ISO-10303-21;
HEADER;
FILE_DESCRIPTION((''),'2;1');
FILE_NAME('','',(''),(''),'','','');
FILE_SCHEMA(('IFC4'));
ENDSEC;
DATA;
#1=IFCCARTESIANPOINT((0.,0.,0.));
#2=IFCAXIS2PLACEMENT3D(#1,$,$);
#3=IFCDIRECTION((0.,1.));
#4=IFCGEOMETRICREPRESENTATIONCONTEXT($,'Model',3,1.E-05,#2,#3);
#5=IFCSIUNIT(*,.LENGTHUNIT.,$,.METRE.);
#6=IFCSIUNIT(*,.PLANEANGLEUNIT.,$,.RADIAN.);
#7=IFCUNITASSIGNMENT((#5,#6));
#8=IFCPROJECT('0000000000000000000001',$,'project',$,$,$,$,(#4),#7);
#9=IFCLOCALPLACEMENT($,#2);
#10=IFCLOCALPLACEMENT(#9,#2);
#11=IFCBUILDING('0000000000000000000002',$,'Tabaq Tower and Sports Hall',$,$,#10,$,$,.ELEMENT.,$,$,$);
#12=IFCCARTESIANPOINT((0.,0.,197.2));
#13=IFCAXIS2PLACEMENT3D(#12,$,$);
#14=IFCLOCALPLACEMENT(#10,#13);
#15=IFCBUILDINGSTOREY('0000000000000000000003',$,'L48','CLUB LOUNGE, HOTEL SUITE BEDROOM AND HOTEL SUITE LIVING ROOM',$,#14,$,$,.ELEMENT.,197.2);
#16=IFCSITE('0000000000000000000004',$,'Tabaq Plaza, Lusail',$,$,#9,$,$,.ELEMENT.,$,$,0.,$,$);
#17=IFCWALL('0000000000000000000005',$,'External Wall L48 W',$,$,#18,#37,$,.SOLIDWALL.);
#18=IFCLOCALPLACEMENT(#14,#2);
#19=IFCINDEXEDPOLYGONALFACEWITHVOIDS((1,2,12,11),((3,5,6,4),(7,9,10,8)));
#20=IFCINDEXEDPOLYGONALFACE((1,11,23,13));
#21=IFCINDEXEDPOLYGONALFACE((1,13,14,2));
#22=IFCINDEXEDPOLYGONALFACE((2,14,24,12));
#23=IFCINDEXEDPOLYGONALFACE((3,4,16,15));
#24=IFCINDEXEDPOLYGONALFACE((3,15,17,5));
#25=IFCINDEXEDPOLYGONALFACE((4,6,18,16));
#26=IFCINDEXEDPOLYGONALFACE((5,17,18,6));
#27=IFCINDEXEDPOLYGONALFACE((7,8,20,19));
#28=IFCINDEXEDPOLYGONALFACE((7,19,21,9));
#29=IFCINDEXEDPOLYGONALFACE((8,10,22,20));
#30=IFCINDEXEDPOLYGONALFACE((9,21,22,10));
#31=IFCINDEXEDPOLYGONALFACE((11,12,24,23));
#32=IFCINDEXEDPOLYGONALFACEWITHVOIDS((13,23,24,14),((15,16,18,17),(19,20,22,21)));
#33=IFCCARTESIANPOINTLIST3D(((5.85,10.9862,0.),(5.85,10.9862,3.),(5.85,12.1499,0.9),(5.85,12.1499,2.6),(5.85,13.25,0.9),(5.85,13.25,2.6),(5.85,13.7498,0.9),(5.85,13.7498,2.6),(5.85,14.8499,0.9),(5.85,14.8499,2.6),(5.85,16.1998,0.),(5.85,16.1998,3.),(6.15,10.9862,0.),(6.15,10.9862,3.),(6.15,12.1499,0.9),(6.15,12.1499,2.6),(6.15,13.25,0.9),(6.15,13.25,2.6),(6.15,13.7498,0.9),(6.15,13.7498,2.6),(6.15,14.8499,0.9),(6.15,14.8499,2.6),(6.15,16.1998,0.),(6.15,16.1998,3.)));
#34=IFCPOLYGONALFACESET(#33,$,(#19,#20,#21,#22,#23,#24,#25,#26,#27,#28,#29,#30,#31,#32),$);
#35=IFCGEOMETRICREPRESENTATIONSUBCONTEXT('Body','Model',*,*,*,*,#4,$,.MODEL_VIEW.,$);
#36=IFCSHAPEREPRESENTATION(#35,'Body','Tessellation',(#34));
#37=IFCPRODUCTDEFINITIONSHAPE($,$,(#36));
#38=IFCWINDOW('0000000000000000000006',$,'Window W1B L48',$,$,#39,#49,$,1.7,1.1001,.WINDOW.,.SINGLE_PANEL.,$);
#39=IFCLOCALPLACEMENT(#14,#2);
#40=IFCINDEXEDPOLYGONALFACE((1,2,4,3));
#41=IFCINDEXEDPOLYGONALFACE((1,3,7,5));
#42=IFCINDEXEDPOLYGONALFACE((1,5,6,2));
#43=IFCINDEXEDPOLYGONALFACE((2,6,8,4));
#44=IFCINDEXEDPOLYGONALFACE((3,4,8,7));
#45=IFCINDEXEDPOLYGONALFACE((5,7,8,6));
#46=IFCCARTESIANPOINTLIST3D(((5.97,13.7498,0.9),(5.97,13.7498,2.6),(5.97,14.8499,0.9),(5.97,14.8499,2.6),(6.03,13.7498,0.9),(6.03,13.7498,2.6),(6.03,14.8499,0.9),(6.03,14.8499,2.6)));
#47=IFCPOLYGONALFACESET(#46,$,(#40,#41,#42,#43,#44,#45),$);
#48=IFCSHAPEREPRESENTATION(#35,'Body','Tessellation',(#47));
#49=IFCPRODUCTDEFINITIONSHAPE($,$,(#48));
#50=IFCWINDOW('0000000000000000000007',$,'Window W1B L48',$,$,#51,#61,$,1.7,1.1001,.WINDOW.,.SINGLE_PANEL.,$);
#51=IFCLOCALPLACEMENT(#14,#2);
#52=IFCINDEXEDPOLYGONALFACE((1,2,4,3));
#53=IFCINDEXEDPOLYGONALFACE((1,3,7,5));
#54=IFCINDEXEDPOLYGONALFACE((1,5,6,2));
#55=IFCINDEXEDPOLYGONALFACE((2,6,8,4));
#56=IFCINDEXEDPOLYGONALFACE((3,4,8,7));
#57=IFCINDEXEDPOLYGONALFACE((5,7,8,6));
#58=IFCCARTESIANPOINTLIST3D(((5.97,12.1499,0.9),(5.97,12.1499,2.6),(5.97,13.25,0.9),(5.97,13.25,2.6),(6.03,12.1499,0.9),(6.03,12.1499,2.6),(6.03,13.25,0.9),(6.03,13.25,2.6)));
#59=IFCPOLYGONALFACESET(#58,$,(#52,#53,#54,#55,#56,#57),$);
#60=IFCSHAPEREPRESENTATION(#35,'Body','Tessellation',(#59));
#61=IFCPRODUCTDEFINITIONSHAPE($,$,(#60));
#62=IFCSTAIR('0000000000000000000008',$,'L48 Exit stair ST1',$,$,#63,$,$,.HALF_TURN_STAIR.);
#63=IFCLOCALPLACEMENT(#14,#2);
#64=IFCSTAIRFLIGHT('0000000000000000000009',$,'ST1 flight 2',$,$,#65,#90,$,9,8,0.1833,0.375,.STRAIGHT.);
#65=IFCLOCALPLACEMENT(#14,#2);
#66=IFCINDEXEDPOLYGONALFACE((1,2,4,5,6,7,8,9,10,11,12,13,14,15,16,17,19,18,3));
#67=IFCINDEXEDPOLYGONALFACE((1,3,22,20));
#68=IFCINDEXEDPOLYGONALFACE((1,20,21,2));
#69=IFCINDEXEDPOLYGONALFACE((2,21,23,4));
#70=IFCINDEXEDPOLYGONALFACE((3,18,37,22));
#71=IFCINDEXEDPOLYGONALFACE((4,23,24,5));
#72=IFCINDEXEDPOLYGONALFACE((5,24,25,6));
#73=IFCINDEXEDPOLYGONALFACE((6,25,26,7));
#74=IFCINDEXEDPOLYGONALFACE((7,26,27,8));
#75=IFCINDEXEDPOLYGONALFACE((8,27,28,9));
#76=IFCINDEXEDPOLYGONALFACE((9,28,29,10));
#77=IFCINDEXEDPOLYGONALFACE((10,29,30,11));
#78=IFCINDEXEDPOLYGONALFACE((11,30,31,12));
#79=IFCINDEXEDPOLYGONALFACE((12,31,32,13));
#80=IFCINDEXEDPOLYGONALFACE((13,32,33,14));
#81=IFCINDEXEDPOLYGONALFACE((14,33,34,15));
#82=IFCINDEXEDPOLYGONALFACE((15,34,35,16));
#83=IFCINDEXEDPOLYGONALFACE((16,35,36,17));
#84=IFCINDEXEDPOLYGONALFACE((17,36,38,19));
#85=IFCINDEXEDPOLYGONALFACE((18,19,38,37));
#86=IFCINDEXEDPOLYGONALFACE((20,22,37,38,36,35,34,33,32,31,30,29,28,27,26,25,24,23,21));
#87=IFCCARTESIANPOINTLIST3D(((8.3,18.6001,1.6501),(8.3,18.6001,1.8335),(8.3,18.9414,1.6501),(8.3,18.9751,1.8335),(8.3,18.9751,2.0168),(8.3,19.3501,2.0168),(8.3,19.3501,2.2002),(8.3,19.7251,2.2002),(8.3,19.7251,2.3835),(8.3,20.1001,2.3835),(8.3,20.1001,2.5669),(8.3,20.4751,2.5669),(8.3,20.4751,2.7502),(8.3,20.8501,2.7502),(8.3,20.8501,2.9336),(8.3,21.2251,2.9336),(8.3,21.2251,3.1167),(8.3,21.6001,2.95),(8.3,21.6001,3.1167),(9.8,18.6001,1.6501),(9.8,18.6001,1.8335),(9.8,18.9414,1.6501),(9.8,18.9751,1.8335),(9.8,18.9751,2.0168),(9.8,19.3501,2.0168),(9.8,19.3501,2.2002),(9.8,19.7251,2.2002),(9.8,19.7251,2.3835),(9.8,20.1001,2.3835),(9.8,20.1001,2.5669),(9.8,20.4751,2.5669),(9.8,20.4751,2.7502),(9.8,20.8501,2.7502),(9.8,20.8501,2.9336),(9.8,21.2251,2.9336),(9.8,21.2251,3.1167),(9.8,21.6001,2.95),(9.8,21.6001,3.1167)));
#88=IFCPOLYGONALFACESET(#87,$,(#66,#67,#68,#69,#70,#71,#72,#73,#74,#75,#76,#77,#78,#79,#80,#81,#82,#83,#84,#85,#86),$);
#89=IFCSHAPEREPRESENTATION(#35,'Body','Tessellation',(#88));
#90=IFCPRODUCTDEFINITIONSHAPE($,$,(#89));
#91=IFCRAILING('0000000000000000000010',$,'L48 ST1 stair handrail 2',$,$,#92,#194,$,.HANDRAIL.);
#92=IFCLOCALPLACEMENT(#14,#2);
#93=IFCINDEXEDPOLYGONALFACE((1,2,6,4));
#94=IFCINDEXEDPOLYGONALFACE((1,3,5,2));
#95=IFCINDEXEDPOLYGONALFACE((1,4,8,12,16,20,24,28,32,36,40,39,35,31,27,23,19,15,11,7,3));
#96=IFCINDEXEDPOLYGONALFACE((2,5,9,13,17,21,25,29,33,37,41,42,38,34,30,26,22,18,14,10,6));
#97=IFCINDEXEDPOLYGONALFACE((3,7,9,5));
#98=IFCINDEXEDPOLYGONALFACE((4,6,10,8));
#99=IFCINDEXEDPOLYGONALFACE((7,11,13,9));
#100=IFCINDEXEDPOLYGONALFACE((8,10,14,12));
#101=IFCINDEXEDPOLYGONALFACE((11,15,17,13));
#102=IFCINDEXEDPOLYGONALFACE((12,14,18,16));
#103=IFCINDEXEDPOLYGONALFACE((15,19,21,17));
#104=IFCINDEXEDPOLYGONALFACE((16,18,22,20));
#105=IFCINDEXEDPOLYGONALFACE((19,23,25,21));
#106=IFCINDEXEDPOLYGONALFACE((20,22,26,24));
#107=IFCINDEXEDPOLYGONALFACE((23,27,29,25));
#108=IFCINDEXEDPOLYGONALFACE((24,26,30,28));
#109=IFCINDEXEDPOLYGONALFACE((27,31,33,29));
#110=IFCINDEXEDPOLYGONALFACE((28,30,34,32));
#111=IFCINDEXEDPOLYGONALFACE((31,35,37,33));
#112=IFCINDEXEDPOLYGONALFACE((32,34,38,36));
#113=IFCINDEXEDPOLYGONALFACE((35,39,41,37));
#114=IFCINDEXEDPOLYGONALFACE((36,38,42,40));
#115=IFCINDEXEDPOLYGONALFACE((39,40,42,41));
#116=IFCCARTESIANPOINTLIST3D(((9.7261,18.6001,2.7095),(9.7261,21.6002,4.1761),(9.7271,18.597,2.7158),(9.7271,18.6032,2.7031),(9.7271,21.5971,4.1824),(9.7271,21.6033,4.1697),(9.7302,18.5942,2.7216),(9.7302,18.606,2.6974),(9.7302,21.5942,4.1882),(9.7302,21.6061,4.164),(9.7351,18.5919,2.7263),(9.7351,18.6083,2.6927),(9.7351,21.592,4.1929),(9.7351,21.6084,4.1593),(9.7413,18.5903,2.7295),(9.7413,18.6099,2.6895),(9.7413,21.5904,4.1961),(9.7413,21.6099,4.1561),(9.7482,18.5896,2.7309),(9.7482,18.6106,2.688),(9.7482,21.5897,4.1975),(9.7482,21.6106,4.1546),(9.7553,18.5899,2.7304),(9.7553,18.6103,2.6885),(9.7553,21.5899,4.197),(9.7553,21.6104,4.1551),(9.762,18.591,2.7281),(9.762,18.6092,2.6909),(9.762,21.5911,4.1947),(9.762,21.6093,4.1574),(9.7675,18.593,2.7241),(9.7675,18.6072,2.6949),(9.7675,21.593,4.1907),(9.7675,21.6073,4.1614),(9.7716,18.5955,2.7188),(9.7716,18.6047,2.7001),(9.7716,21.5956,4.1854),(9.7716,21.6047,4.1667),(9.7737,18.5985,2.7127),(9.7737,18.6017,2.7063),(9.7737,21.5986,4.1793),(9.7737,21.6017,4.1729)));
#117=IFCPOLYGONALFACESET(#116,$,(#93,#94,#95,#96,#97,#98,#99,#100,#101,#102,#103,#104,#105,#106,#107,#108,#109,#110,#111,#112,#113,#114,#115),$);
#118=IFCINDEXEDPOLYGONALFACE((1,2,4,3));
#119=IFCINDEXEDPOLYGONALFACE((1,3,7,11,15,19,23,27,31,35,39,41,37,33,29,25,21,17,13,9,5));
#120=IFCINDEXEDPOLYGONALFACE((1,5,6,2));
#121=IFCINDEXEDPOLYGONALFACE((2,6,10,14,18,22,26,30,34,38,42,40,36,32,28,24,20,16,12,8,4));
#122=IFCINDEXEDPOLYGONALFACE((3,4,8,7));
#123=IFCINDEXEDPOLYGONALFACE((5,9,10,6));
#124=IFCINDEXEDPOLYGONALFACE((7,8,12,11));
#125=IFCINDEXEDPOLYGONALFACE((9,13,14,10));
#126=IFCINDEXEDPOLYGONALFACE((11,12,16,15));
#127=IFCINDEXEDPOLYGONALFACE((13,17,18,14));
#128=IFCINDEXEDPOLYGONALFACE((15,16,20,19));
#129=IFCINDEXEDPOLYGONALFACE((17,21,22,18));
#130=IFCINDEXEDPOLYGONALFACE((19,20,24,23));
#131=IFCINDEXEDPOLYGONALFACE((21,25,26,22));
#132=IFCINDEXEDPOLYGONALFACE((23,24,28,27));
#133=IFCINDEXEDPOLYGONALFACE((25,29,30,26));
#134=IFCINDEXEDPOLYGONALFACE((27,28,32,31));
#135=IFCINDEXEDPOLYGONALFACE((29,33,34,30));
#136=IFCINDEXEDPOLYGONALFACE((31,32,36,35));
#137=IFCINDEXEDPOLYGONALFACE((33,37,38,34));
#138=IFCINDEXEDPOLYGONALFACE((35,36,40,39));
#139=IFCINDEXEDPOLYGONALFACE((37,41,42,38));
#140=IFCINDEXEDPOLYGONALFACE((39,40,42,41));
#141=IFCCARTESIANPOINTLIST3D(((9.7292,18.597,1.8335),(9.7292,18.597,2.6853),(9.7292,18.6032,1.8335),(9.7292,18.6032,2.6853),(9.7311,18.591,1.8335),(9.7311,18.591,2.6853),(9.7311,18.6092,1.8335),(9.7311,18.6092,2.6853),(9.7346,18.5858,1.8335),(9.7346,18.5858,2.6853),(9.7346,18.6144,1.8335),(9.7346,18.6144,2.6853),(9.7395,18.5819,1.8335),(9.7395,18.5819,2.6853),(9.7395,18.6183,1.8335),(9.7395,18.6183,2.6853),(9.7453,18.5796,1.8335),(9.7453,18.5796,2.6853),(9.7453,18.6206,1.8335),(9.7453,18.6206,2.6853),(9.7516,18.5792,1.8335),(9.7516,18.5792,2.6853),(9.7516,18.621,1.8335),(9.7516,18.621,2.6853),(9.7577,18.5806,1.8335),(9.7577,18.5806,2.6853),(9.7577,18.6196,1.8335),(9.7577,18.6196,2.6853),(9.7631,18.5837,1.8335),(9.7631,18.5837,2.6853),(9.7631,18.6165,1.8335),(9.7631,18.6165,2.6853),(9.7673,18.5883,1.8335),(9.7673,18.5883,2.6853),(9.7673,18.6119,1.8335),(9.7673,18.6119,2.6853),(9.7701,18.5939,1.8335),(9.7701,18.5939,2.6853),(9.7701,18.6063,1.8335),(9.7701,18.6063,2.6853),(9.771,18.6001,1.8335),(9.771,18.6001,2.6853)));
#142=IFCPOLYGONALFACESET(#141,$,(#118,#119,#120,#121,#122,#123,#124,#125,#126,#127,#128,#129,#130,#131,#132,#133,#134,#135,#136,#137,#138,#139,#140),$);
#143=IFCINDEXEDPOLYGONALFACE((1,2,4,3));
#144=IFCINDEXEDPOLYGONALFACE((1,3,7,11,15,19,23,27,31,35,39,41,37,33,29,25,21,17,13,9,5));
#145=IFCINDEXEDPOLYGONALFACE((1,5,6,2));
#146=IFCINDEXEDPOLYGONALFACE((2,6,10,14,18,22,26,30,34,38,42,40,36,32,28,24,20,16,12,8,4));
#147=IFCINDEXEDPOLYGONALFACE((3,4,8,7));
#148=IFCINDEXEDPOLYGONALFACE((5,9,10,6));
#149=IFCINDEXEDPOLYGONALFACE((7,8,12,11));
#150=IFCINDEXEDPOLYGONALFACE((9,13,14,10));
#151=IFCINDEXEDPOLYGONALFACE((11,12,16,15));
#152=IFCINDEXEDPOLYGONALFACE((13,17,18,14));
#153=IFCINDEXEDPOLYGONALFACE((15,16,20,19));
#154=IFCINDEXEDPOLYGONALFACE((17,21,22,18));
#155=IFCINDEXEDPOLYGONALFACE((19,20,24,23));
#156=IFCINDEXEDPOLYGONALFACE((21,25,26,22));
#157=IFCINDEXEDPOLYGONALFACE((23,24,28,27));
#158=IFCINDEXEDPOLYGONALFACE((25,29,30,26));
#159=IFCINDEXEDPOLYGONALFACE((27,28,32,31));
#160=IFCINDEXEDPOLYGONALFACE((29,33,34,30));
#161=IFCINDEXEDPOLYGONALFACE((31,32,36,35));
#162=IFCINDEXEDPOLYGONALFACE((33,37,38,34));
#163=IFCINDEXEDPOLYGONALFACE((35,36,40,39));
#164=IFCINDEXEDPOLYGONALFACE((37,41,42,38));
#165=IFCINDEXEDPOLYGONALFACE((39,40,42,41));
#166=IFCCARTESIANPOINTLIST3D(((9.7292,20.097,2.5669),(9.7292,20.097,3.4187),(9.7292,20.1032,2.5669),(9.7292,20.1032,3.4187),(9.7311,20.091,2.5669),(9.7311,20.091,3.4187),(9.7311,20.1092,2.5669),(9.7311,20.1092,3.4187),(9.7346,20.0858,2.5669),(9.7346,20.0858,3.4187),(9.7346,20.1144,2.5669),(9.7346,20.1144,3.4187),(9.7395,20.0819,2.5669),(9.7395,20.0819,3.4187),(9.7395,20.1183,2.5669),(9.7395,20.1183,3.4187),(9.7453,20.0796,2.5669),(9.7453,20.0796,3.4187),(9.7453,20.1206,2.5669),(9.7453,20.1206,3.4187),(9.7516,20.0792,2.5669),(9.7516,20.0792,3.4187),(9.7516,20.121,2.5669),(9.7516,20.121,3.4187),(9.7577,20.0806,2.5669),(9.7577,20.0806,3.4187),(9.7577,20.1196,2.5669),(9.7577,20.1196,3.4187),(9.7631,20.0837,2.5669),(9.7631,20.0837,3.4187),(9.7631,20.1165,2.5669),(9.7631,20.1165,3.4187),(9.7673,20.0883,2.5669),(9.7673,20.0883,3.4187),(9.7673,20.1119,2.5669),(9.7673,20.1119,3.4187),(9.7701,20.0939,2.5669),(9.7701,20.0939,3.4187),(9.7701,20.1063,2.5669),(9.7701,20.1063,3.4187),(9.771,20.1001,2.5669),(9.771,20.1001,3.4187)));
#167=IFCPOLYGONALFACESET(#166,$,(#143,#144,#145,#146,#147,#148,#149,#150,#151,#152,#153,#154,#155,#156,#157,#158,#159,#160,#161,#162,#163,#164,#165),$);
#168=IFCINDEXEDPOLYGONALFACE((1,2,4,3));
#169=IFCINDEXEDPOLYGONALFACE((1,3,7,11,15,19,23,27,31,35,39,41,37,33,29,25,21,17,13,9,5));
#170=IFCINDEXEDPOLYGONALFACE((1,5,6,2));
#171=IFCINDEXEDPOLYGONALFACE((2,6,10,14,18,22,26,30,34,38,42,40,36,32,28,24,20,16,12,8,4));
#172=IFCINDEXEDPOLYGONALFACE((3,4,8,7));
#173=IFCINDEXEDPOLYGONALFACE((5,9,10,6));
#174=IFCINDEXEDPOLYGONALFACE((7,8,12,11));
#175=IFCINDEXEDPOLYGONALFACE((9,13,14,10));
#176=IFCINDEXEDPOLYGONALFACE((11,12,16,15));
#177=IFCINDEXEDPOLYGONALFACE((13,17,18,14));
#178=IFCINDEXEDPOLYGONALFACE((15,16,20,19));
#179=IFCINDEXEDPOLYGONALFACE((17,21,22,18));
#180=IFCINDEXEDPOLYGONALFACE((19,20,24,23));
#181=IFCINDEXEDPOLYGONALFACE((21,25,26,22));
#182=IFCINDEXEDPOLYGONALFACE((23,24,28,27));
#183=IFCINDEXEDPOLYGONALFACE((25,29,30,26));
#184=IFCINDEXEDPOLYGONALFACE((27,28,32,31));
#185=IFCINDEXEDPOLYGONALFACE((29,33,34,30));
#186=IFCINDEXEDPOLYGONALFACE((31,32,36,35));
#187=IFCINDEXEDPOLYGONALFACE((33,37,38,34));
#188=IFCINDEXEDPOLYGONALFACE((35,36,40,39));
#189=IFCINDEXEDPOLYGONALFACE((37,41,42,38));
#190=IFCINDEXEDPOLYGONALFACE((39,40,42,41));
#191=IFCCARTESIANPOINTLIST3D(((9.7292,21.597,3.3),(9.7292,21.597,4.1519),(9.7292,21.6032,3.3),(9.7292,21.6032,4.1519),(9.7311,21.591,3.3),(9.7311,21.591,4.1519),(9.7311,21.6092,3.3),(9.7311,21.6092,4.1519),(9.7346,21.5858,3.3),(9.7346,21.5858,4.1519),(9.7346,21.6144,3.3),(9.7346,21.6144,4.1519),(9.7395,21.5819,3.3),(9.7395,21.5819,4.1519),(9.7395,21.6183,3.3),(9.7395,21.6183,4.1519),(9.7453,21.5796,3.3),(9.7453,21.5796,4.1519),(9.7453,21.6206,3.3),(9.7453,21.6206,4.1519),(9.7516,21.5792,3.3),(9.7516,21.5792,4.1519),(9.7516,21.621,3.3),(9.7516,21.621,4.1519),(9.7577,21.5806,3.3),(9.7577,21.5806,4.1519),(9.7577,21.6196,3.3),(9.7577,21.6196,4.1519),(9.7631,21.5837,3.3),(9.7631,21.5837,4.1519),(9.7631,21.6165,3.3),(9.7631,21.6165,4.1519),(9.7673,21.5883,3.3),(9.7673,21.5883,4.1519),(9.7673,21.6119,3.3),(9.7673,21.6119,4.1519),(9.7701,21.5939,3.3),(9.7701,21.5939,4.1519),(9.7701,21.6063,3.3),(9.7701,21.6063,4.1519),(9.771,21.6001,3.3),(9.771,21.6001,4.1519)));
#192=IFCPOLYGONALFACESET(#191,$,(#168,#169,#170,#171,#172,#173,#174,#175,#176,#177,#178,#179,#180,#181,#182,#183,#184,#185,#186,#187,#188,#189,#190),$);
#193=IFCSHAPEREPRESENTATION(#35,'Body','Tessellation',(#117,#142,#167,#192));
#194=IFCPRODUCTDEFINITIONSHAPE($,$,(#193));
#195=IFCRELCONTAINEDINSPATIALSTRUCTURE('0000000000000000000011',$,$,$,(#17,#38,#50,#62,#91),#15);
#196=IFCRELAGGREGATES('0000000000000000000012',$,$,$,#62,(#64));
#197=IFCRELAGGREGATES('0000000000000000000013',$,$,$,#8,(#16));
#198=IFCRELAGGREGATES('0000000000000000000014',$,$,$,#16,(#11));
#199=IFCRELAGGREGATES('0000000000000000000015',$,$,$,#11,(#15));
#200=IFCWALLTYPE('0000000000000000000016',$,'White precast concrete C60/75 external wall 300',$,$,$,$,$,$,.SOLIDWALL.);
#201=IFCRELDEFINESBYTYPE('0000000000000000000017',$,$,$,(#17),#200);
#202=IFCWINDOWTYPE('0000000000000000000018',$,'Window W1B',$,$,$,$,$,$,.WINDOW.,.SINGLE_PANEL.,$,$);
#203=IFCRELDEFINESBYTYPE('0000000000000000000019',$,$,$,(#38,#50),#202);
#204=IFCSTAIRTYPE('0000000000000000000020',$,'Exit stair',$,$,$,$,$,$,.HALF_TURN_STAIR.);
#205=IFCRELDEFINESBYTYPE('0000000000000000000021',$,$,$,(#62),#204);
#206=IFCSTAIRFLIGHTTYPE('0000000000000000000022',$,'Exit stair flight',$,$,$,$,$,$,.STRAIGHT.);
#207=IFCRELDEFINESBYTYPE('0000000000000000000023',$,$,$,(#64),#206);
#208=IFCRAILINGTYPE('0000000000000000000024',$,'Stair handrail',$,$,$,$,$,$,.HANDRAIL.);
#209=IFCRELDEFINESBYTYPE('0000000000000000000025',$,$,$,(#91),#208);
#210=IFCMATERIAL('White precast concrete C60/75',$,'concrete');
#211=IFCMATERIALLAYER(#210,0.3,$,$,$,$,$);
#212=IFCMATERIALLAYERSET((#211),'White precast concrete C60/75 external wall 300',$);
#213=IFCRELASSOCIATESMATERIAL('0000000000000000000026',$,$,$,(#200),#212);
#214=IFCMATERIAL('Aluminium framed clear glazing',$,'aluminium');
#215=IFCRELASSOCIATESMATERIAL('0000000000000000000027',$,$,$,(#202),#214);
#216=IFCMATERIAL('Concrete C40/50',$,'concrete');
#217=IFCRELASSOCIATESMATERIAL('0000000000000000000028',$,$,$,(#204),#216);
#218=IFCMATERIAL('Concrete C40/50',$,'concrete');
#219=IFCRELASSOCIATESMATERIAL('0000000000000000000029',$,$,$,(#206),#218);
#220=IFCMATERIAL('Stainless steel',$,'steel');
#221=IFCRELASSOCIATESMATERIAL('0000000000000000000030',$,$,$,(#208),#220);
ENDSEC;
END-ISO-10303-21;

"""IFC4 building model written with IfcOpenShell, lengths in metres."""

from ifc_helpers import new_model, si_unit, direction, frame, frame_2d, origin, origin_2d, place, context, subcontext, project, spatial, polyline, rectangle, circle, outline, extrude, material, layer, layer_set, type_object, element, fill, aggregate, save


model = new_model("IFC4")

# Units and contexts
model_context = context("Model", 3, precision=1e-05, world=origin(), true_north=direction((0.0, 1.0)))
body_context = subcontext(model_context, "Body", "Model", "MODEL_VIEW")
ifc_project = project(units=[si_unit("LENGTHUNIT", "METRE"), si_unit("PLANEANGLEUNIT", "RADIAN")], contexts=[model_context])

# Site, building, storey
site_placement = place(None, origin())
site = spatial("IfcSite", under=ifc_project, at=site_placement, Name="Tabaq Plaza, Lusail", CompositionType="ELEMENT", RefElevation=0.0)
building_placement = place(site_placement, origin())
building = spatial("IfcBuilding", under=site, at=building_placement, Name="Tabaq Tower and Sports Hall", CompositionType="ELEMENT")
storey_placement = place(building_placement, frame((0.0, 0.0, 197.2)))
storey = spatial("IfcBuildingStorey", under=building, at=storey_placement, Name="L48", Description="CLUB LOUNGE, HOTEL SUITE BEDROOM AND HOTEL SUITE LIVING ROOM", CompositionType="ELEMENT", Elevation=197.2)

# Wall, openings, windows
ifc_material_1 = material(Name="White precast concrete C60/75", Category="concrete")
ifc_layer_1 = layer(ifc_material_1, 0.3)
ifc_layer_set_1 = layer_set([ifc_layer_1], Name="White precast concrete C60/75 external wall 300")
wall_type_1 = type_object("IfcWallType", Name="White precast concrete C60/75 external wall 300", PredefinedType="SOLIDWALL", material=ifc_layer_set_1)
wall_1_placement = place(storey_placement, frame((6.0, 16.2, 0.0), z_axis=(0.0, 0.0, 1.0), x_axis=(0.0, -1.0, 0.0)))
wall_1 = element("IfcWall", 1, at=wall_1_placement, inside=storey, type_object=wall_type_1, Name="External Wall L48 W", PredefinedType="SOLIDWALL", context=body_context, shape_type="SweptSolid", body=[
    extrude(rectangle(XDim=5.2136, YDim=0.3, at=frame_2d((2.6069, 0.0))), origin(), (0.0, 0.0, 1.0), 3.0),
])
opening_1_placement = place(wall_1_placement, frame((1.3501, 0.0, 0.8999)))
opening_1 = element("IfcOpeningElement", 2, at=opening_1_placement, cuts=wall_1, PredefinedType="OPENING", context=body_context, shape_type="SweptSolid", body=[
    extrude(rectangle(XDim=1.1001, YDim=1.7, at=frame_2d((0.55, 0.8501))), frame((0.0, 0.1602, 0.0), z_axis=(0.0, -1.0, 0.0), x_axis=(1.0, 0.0, 0.0)), (0.0, 0.0, 1.0), 0.3201),
])
opening_2_placement = place(wall_1_placement, frame((2.95, 0.0, 0.8999)))
opening_2 = element("IfcOpeningElement", 3, at=opening_2_placement, cuts=wall_1, PredefinedType="OPENING", context=body_context, shape_type="SweptSolid", body=[
    extrude(rectangle(XDim=1.1001, YDim=1.7, at=frame_2d((0.55, 0.8501))), frame((0.0, 0.1602, 0.0), z_axis=(0.0, -1.0, 0.0), x_axis=(1.0, 0.0, 0.0)), (0.0, 0.0, 1.0), 0.3201),
])
ifc_material_2 = material(Name="Aluminium framed clear glazing", Category="aluminium")
window_type = type_object("IfcWindowType", Name="Window W1B", PartitioningType="SINGLE_PANEL", PredefinedType="WINDOW", material=ifc_material_2)
window_1_placement = place(opening_1_placement, origin())
window_1 = element("IfcWindow", 4, at=window_1_placement, inside=storey, type_object=window_type, Name="Window W1B L48", OverallHeight=1.7, OverallWidth=1.1001, PartitioningType="SINGLE_PANEL", PredefinedType="WINDOW", context=body_context, shape_type="SweptSolid", body=[
    extrude(rectangle(XDim=1.1001, YDim=1.7, at=frame_2d((0.55, 0.8501))), frame((0.0, 0.03, 0.0), z_axis=(0.0, -1.0, 0.0), x_axis=(1.0, 0.0, 0.0)), (0.0, 0.0, 1.0), 0.0601),
])
fill(opening_1, window_1)
window_2_placement = place(opening_2_placement, origin())
window_2 = element("IfcWindow", 5, at=window_2_placement, inside=storey, type_object=window_type, Name="Window W1B L48", OverallHeight=1.7, OverallWidth=1.1001, PartitioningType="SINGLE_PANEL", PredefinedType="WINDOW", context=body_context, shape_type="SweptSolid", body=[
    extrude(rectangle(XDim=1.1001, YDim=1.7, at=frame_2d((0.55, 0.8501))), frame((0.0, 0.03, 0.0), z_axis=(0.0, -1.0, 0.0), x_axis=(1.0, 0.0, 0.0)), (0.0, 0.0, 1.0), 0.0601),
])
fill(opening_2, window_2)

# Stair, stair flight
ifc_material_3 = material(Name="Concrete C40/50", Category="concrete")
stair_type = type_object("IfcStairType", Name="Exit stair", PredefinedType="HALF_TURN_STAIR", material=ifc_material_3)
stair_placement = place(storey_placement, origin())
stair = element("IfcStair", 6, at=stair_placement, inside=storey, type_object=stair_type, Name="L48 Exit stair ST1", PredefinedType="HALF_TURN_STAIR")
ifc_material_4 = material(Name="Concrete C40/50", Category="concrete")
stair_flight_type = type_object("IfcStairFlightType", Name="Exit stair flight", PredefinedType="STRAIGHT", material=ifc_material_4)
stair_flight_placement = place(storey_placement, frame((9.05, 18.6001, 1.6501), z_axis=(0.0, 0.0, 1.0), x_axis=(0.0, 1.0, 0.0)))
stair_flight = element("IfcStairFlight", 7, at=stair_flight_placement, type_object=stair_flight_type, Name="ST1 flight 2", NumberOfRisers=9, NumberOfTreads=8, PredefinedType="STRAIGHT", RiserHeight=0.1833, TreadLength=0.375, context=body_context, shape_type="SweptSolid", body=[
    extrude(outline(polyline([(0.0, 0.0), (0.0, 0.1833), (0.375, 0.1833), (0.375, 0.3667), (0.75, 0.3667), (0.75, 0.55), (1.125, 0.55), (1.125, 0.7334), (1.5, 0.7334), (1.5, 0.9167), (1.875, 0.9167), (1.875, 1.1001), (2.25, 1.1001), (2.25, 1.2834), (2.625, 1.2834), (2.625, 1.4666), (3.0, 1.4666), (3.0, 1.6499), (3.0, 1.2998), (0.3413, 0.0), (0.0, 0.0)])), frame((0.0, 0.75, 0.0), z_axis=(0.0, -1.0, 0.0), x_axis=(1.0, 0.0, 0.0)), (0.0, 0.0, 1.0), 1.5),
])
aggregate(stair, [stair_flight])

# Railing
ifc_material_5 = material(Name="Stainless steel", Category="steel")
railing_type = type_object("IfcRailingType", Name="Stair handrail", PredefinedType="HANDRAIL", material=ifc_material_5)
railing_placement = place(storey_placement, frame((9.75, 18.6001, 1.8335)))
element("IfcRailing", 8, at=railing_placement, inside=storey, type_object=railing_type, Name="L48 ST1 stair handrail 2", PredefinedType="HANDRAIL", context=body_context, shape_type="SweptSolid", body=[
    extrude(circle(Radius=0.0239, at=origin_2d()), frame((0.0, 0.0, 0.876), z_axis=(0.0, 0.898398, 0.439183), x_axis=(-1.0, 0.0, 0.0)), (0.0, 0.0, 1.0), 3.3394),
    extrude(circle(Radius=0.021, at=origin_2d()), origin(), (0.0, 0.0, 1.0), 0.8518),
    extrude(circle(Radius=0.021, at=origin_2d()), frame((0.0, 1.5, 0.7334)), (0.0, 0.0, 1.0), 0.8518),
    extrude(circle(Radius=0.021, at=origin_2d()), frame((0.0, 3.0, 1.4666)), (0.0, 0.0, 1.0), 0.8518),
])

save(model, "model.ifc")
